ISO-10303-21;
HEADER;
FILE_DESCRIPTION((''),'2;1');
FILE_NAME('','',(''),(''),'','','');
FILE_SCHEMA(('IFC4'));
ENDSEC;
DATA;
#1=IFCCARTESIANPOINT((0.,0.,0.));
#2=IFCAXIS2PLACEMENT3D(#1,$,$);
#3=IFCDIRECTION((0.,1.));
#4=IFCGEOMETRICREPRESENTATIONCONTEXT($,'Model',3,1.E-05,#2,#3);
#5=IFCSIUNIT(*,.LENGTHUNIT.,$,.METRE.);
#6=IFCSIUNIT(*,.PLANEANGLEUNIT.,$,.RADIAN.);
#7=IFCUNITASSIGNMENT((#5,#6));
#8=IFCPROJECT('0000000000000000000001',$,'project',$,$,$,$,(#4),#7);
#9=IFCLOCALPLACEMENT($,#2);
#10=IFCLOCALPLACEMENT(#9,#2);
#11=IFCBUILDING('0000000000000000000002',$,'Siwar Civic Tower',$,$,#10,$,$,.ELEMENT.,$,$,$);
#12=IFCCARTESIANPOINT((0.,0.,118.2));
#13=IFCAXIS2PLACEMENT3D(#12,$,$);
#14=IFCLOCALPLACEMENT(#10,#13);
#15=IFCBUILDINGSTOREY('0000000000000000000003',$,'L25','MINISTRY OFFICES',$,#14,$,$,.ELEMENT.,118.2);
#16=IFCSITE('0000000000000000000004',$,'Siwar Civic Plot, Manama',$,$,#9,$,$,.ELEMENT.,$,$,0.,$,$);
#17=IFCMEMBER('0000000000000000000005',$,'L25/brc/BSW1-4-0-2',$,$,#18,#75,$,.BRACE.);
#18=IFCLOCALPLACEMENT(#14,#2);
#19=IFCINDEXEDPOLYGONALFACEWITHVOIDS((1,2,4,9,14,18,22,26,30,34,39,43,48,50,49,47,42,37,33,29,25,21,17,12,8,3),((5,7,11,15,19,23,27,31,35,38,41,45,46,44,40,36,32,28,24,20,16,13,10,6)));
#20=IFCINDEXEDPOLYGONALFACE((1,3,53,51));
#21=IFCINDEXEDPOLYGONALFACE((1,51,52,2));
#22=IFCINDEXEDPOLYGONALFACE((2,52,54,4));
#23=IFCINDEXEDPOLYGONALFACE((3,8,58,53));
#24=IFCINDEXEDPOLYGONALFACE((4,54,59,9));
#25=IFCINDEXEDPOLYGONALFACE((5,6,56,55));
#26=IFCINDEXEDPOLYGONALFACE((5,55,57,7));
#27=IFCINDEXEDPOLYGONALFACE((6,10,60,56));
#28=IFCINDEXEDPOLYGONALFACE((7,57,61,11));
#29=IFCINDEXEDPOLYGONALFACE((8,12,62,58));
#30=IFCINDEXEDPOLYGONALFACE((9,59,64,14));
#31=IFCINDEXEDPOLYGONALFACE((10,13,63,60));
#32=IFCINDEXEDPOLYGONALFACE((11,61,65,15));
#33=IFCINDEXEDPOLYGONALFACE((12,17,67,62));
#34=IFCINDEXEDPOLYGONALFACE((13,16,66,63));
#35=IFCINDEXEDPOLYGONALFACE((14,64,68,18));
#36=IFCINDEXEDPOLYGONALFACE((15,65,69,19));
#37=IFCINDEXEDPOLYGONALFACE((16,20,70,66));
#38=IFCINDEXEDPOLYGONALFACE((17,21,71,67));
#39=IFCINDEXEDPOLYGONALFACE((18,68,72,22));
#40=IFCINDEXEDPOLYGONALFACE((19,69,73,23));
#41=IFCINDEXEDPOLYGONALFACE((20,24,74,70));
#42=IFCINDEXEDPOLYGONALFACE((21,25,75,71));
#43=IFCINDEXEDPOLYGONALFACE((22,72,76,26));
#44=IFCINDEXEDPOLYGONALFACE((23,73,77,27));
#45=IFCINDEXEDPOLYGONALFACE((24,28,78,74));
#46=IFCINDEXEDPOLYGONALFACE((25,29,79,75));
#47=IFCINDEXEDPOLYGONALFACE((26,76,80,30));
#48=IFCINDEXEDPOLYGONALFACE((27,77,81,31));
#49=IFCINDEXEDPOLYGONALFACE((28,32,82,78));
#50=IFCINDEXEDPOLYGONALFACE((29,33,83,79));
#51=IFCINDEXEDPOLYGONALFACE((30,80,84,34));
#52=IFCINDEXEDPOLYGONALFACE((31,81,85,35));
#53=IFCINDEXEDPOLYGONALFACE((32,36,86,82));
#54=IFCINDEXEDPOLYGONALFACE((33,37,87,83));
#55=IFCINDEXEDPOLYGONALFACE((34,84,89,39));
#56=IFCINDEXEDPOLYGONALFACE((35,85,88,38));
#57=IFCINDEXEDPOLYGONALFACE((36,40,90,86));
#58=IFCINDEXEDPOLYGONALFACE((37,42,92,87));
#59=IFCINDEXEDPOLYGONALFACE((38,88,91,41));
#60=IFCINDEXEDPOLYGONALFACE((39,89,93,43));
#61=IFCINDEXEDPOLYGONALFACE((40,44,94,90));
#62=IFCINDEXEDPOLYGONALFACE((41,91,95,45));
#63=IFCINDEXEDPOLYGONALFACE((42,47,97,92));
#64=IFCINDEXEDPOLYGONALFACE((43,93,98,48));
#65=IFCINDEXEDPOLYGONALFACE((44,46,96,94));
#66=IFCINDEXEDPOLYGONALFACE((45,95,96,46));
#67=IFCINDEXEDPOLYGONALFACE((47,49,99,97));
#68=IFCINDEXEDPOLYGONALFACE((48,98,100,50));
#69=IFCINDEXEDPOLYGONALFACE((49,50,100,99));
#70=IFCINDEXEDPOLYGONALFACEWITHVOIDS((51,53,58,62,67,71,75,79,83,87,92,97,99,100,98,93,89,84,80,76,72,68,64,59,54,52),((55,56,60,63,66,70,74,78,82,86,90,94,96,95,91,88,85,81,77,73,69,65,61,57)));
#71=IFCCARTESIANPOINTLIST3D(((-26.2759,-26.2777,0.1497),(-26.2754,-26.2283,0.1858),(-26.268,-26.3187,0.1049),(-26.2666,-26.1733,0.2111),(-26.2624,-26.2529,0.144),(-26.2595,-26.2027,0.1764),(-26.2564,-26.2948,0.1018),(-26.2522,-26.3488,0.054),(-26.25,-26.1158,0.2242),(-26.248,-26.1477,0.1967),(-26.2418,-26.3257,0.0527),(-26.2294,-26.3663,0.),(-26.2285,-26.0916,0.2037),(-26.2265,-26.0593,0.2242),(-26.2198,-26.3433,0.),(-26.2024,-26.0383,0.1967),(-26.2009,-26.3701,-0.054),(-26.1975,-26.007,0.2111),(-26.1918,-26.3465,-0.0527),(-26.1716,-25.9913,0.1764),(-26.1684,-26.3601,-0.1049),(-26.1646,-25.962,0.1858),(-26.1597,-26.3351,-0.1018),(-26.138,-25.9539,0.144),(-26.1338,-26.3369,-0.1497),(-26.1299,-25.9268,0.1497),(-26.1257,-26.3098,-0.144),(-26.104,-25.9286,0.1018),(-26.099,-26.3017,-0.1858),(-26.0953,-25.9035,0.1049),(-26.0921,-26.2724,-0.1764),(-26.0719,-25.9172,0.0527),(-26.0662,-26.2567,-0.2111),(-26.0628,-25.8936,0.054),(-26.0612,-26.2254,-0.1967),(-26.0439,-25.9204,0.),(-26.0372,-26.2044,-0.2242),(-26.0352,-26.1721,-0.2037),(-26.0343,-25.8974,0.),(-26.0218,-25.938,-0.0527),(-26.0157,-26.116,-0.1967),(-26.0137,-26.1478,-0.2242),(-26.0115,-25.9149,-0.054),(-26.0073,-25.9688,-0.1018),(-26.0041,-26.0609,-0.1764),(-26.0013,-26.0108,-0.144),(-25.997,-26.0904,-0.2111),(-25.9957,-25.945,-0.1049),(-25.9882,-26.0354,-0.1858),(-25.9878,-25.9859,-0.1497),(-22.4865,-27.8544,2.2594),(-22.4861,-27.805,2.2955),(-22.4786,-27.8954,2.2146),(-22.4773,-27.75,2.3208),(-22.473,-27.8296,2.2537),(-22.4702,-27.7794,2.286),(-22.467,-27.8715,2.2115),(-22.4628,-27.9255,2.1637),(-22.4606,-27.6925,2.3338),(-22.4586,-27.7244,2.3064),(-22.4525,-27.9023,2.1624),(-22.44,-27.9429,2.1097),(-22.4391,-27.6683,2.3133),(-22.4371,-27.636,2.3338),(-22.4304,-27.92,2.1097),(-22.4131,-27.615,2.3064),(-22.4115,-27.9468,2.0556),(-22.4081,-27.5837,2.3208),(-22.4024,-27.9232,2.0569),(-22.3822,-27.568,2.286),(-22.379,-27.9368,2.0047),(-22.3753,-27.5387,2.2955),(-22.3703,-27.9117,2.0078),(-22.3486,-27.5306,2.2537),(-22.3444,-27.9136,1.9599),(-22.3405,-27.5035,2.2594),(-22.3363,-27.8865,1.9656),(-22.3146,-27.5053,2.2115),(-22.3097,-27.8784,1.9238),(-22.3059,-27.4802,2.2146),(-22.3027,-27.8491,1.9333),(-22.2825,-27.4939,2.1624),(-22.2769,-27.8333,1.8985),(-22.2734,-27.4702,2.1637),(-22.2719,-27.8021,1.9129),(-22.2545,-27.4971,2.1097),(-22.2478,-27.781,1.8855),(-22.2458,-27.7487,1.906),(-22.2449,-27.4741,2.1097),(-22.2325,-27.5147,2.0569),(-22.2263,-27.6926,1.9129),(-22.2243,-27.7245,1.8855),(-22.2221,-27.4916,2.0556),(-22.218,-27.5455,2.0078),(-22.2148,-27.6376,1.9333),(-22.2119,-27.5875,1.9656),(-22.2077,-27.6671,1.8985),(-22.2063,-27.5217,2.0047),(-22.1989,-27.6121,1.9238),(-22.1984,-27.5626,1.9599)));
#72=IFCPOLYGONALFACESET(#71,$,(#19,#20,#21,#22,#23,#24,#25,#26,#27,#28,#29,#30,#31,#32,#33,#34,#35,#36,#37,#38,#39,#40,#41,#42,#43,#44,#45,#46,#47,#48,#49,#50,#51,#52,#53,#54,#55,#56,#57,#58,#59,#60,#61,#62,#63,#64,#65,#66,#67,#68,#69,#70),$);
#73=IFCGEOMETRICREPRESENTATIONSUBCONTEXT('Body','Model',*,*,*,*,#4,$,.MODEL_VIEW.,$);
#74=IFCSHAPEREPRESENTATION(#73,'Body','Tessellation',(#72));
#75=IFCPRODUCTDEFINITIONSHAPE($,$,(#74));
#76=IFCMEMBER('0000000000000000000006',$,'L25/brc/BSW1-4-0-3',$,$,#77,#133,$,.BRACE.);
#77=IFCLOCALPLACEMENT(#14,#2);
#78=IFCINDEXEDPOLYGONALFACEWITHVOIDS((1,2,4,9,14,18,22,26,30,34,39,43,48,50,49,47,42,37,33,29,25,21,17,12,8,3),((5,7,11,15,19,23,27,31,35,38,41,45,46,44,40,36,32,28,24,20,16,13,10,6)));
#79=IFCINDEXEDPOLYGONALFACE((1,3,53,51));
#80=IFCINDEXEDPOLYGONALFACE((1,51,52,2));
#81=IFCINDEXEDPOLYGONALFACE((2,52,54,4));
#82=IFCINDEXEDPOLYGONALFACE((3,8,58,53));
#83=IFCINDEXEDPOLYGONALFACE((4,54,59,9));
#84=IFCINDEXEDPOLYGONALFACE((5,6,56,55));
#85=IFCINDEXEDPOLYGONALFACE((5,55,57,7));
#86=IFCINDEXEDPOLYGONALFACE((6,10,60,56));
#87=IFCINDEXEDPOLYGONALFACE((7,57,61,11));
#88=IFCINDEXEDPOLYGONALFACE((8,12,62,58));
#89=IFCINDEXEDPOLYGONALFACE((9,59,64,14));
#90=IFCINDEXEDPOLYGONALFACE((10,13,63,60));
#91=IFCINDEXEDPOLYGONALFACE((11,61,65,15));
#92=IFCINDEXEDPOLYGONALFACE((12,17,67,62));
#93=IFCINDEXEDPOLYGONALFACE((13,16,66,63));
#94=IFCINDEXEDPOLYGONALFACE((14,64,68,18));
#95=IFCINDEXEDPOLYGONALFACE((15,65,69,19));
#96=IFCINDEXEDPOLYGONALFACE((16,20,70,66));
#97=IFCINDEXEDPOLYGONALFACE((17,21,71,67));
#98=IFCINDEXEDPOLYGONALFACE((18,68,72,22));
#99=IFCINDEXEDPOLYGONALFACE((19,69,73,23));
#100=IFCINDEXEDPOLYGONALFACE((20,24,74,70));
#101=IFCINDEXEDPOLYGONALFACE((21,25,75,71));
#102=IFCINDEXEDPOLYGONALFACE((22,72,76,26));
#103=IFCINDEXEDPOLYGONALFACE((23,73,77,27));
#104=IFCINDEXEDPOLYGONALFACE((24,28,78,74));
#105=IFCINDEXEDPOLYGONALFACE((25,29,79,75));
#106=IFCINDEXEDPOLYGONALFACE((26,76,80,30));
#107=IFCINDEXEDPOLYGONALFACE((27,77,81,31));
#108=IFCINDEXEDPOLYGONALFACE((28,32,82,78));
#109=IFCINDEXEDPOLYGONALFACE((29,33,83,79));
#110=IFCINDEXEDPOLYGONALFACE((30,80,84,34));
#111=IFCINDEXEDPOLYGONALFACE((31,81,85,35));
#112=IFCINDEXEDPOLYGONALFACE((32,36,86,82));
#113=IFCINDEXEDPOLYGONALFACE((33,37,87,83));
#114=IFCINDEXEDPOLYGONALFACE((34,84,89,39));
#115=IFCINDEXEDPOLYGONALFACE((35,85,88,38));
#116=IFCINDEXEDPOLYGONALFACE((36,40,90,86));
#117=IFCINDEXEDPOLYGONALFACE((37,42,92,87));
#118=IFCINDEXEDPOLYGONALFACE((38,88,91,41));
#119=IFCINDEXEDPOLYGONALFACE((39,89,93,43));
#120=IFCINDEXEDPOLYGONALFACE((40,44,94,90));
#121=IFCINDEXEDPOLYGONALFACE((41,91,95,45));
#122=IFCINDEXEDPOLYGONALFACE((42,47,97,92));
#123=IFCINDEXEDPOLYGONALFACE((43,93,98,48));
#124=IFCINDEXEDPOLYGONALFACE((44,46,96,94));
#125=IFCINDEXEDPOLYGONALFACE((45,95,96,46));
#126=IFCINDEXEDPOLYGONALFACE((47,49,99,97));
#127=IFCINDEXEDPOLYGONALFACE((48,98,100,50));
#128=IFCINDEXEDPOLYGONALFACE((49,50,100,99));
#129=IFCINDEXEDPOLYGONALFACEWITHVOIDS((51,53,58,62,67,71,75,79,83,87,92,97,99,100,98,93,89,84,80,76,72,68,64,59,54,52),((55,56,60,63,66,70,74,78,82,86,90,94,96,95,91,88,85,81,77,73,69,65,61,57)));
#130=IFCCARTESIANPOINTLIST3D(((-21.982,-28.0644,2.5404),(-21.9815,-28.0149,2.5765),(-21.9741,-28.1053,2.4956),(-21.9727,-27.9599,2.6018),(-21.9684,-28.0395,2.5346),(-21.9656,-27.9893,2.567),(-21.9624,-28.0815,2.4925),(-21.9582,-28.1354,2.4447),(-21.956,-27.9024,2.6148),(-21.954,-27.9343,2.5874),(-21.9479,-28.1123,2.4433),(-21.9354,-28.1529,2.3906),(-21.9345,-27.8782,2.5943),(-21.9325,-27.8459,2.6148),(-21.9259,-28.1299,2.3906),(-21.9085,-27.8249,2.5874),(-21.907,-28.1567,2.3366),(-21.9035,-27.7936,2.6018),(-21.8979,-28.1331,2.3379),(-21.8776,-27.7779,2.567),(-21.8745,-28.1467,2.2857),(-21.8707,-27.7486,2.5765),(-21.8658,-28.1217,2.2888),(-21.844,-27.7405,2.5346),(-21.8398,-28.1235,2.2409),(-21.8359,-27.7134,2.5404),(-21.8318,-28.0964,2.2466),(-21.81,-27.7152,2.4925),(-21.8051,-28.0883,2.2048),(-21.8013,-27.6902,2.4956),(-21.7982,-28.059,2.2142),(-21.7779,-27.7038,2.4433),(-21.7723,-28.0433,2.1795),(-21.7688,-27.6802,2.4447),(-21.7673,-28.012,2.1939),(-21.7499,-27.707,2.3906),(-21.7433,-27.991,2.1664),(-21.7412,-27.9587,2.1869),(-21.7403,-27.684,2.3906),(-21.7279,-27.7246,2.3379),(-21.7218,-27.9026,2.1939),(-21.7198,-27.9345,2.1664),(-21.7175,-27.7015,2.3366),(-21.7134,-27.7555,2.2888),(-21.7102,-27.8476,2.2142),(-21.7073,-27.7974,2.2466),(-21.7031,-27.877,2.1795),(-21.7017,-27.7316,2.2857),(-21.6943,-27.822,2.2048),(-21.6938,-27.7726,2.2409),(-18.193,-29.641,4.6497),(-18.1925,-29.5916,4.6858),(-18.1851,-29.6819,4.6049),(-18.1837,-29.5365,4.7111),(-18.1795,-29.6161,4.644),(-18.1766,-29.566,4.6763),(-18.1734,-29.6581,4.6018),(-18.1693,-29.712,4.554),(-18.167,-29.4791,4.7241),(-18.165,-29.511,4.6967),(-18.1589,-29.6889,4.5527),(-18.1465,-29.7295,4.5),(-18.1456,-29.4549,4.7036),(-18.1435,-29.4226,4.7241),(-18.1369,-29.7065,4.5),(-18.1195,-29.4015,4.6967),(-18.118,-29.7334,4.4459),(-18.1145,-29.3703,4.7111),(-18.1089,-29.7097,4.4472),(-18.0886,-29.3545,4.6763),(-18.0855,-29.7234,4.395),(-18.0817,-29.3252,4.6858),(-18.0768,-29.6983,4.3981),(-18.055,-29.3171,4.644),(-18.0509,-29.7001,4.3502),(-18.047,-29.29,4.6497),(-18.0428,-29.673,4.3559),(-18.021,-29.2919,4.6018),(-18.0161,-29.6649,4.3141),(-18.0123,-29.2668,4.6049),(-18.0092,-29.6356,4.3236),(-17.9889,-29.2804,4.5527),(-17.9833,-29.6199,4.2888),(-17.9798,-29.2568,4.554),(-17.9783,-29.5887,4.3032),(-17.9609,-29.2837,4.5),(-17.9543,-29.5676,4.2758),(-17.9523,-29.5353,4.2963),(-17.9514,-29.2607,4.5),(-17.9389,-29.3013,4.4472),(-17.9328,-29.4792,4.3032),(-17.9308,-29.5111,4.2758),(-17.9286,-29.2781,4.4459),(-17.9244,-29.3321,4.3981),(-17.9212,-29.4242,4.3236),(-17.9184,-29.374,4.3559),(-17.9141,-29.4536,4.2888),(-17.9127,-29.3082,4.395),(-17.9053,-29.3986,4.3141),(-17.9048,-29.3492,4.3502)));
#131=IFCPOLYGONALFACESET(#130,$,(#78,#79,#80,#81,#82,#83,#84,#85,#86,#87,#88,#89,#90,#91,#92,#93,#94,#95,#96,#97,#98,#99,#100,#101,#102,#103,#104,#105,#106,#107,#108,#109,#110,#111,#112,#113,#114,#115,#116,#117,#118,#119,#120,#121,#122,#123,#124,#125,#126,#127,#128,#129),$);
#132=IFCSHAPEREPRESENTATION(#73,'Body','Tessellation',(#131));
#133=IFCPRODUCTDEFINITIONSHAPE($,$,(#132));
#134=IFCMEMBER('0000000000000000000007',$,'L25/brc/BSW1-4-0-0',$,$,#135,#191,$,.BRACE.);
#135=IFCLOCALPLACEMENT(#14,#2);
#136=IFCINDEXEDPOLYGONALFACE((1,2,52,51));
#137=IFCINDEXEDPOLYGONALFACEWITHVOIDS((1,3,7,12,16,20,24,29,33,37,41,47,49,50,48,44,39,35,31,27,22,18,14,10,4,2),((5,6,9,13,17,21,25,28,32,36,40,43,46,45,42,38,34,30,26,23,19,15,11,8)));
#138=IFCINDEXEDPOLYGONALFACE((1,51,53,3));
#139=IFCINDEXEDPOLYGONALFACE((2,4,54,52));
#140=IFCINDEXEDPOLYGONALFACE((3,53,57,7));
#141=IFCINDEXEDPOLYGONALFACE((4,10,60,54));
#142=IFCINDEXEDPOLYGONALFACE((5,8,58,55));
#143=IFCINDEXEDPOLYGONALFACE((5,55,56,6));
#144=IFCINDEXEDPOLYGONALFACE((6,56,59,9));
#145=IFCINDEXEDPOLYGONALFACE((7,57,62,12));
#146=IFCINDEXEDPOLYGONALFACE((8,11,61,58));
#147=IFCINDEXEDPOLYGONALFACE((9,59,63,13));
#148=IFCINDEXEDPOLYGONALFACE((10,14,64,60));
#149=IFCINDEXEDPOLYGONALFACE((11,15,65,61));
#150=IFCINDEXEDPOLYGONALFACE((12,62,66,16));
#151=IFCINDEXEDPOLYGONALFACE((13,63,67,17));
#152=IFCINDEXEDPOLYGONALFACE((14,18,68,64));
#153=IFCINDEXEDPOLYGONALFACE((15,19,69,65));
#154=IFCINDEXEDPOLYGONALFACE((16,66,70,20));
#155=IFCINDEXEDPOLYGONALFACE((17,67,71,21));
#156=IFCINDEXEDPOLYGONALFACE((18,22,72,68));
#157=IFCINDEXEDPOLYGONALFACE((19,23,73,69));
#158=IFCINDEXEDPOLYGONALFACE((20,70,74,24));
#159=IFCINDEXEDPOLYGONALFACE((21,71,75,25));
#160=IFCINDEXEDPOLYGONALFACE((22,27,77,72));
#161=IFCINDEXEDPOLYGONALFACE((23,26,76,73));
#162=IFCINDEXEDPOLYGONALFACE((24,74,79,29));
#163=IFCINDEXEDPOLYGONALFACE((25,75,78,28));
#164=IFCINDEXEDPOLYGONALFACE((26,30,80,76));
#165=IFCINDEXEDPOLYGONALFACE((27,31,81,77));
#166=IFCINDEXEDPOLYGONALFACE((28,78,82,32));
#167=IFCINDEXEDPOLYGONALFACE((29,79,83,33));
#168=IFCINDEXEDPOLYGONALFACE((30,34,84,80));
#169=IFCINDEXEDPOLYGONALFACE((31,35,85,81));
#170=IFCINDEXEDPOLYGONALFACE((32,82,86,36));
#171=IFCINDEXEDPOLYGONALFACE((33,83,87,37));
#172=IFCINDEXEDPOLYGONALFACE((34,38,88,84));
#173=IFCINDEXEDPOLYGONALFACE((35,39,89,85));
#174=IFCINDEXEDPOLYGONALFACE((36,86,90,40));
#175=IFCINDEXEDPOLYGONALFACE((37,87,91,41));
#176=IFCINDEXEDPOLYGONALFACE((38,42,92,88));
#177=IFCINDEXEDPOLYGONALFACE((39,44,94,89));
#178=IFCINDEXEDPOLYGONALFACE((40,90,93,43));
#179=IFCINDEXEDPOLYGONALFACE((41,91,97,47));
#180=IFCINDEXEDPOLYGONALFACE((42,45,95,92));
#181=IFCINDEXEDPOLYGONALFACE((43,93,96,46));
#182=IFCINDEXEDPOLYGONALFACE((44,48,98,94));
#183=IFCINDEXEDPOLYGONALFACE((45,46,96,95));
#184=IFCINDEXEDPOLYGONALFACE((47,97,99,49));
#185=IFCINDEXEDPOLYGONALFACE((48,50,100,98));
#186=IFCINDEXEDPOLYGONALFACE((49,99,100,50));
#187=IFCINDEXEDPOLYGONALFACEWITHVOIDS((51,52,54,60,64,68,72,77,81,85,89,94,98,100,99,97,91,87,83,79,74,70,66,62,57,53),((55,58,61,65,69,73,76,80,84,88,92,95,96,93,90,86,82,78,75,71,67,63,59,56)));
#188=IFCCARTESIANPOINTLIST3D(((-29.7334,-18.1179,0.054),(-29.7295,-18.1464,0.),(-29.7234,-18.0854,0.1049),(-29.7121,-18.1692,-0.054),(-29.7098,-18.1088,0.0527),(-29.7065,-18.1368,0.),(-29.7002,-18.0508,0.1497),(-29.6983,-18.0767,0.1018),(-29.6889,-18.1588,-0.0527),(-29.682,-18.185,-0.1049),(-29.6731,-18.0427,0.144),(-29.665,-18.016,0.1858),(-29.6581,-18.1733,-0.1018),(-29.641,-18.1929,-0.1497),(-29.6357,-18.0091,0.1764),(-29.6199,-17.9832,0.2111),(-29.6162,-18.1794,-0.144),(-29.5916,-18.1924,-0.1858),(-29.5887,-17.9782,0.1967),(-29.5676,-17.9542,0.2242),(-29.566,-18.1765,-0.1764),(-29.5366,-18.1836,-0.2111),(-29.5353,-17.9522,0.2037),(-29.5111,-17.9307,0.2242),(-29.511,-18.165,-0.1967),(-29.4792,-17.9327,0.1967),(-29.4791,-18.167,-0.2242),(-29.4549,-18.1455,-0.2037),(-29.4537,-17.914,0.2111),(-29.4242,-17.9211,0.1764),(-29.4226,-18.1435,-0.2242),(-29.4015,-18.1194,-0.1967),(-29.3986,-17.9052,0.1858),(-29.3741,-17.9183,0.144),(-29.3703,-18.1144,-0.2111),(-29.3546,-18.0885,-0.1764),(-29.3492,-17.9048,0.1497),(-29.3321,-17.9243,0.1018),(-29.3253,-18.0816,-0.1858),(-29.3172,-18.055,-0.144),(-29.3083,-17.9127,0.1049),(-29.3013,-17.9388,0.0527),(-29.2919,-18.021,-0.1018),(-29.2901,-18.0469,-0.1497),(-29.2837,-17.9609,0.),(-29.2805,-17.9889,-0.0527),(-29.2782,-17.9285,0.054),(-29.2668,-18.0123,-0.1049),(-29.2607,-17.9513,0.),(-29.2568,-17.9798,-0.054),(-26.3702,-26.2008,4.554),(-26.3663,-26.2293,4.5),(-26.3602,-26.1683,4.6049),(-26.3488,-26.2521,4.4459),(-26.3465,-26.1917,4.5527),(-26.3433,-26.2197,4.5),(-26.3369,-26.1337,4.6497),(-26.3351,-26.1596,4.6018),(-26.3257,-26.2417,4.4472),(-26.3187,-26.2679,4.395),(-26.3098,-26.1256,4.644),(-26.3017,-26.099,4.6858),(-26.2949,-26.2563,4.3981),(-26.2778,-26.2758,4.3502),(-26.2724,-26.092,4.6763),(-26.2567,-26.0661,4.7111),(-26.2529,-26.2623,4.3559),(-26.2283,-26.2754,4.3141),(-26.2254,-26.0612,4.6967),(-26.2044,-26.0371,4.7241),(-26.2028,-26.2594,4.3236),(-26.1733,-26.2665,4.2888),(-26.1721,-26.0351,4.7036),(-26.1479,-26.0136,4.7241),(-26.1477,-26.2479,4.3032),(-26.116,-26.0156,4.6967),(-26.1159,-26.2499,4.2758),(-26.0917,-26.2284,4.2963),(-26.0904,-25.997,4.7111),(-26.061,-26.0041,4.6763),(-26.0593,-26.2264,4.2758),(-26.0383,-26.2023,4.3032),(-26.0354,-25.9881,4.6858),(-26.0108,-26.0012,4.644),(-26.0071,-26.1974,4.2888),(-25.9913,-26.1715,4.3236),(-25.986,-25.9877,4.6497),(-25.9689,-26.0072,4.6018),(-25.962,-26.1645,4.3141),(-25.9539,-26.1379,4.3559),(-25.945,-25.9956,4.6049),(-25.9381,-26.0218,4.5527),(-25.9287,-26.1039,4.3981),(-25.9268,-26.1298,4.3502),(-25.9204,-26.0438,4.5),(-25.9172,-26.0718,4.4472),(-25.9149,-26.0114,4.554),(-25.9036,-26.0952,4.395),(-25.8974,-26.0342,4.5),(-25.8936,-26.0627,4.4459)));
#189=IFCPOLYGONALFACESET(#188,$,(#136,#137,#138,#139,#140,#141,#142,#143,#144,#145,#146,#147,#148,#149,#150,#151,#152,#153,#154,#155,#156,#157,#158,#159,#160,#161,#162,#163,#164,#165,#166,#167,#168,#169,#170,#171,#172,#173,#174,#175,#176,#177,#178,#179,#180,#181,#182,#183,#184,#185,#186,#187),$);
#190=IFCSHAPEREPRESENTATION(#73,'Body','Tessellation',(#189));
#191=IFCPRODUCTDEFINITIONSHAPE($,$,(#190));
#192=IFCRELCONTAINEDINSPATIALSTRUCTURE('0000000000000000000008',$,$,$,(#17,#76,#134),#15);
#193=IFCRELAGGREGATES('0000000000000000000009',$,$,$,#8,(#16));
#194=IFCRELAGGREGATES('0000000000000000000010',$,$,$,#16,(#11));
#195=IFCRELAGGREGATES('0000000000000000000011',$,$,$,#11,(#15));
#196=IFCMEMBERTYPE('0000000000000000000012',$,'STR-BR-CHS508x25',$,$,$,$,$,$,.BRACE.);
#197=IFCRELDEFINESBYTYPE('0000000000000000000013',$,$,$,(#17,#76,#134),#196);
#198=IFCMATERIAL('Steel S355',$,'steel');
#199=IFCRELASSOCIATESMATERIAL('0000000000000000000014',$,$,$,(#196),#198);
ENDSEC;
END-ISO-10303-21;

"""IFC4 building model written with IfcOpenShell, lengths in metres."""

from ifc_helpers import new_model, si_unit, direction, frame, origin, origin_2d, place, context, subcontext, project, spatial, hollow_circle, extrude, material, material_profile, profile_set, type_object, element, save


model = new_model("IFC4")

# Units and contexts
model_context = context("Model", 3, precision=1e-05, world=origin(), true_north=direction((0.0, 1.0)))
body_context = subcontext(model_context, "Body", "Model", "MODEL_VIEW")
ifc_project = project(units=[si_unit("LENGTHUNIT", "METRE"), si_unit("PLANEANGLEUNIT", "RADIAN")], contexts=[model_context])

# Site, building, storey
site_placement = place(None, origin())
site = spatial("IfcSite", under=ifc_project, at=site_placement, Name="Siwar Civic Plot, Manama", CompositionType="ELEMENT", RefElevation=0.0)
building_placement = place(site_placement, origin())
building = spatial("IfcBuilding", under=site, at=building_placement, Name="Siwar Civic Tower", CompositionType="ELEMENT")
storey_placement = place(building_placement, frame((0.0, 0.0, 118.2)))
storey = spatial("IfcBuildingStorey", under=building, at=storey_placement, Name="L25", Description="MINISTRY OFFICES", CompositionType="ELEMENT", Elevation=118.2)

# Members
ifc_material_1 = material(Name="Steel S355", Category="steel")
ifc_material_profile_1 = material_profile(ifc_material_1, hollow_circle(Radius=0.2539, WallThickness=0.0249, at=origin_2d()), Name="CHS508x25")
ifc_profile_set_1 = profile_set([ifc_material_profile_1], Name="Steel S355")
member_type_1 = type_object("IfcMemberType", Name="STR-BR-CHS508x25", PredefinedType="BRACE", material=ifc_profile_set_1)
member_1_placement = place(storey_placement, frame((-26.1318, -26.1318, 0.0), z_axis=(0.821143, -0.341662, 0.457155), x_axis=(0.384155, 0.923269, 0.0)))
element("IfcMember", 1, at=member_1_placement, inside=storey, type_object=member_type_1, Name="L25/brc/BSW1-4-0-2", PredefinedType="BRACE", context=body_context, shape_type="SweptSolid", body=[
    extrude(hollow_circle(Radius=0.2539, WallThickness=0.0249, at=origin_2d()), origin(), (0.0, 0.0, 1.0), 4.6147),
])
member_2_placement = place(storey_placement, frame((-21.8379, -27.9185, 2.3906), z_axis=(0.821146, -0.341686, 0.457133), x_axis=(0.384176, 0.92326, 0.0)))
element("IfcMember", 2, at=member_2_placement, inside=storey, type_object=member_type_1, Name="L25/brc/BSW1-4-0-3", PredefinedType="BRACE", context=body_context, shape_type="SweptSolid", body=[
    extrude(hollow_circle(Radius=0.2539, WallThickness=0.0249, at=origin_2d()), origin(), (0.0, 0.0, 1.0), 4.6143),
])
member_3_placement = place(storey_placement, frame((-29.4951, -18.0488, 0.0), z_axis=(0.341671, -0.821143, 0.457149), x_axis=(0.923265, 0.384164, 0.0)))
element("IfcMember", 3, at=member_3_placement, inside=storey, type_object=member_type_1, Name="L25/brc/BSW1-4-0-0", PredefinedType="BRACE", context=body_context, shape_type="SweptSolid", body=[
    extrude(hollow_circle(Radius=0.2539, WallThickness=0.0249, at=origin_2d()), origin(), (0.0, 0.0, 1.0), 9.8435),
])

save(model, "model.ifc")
